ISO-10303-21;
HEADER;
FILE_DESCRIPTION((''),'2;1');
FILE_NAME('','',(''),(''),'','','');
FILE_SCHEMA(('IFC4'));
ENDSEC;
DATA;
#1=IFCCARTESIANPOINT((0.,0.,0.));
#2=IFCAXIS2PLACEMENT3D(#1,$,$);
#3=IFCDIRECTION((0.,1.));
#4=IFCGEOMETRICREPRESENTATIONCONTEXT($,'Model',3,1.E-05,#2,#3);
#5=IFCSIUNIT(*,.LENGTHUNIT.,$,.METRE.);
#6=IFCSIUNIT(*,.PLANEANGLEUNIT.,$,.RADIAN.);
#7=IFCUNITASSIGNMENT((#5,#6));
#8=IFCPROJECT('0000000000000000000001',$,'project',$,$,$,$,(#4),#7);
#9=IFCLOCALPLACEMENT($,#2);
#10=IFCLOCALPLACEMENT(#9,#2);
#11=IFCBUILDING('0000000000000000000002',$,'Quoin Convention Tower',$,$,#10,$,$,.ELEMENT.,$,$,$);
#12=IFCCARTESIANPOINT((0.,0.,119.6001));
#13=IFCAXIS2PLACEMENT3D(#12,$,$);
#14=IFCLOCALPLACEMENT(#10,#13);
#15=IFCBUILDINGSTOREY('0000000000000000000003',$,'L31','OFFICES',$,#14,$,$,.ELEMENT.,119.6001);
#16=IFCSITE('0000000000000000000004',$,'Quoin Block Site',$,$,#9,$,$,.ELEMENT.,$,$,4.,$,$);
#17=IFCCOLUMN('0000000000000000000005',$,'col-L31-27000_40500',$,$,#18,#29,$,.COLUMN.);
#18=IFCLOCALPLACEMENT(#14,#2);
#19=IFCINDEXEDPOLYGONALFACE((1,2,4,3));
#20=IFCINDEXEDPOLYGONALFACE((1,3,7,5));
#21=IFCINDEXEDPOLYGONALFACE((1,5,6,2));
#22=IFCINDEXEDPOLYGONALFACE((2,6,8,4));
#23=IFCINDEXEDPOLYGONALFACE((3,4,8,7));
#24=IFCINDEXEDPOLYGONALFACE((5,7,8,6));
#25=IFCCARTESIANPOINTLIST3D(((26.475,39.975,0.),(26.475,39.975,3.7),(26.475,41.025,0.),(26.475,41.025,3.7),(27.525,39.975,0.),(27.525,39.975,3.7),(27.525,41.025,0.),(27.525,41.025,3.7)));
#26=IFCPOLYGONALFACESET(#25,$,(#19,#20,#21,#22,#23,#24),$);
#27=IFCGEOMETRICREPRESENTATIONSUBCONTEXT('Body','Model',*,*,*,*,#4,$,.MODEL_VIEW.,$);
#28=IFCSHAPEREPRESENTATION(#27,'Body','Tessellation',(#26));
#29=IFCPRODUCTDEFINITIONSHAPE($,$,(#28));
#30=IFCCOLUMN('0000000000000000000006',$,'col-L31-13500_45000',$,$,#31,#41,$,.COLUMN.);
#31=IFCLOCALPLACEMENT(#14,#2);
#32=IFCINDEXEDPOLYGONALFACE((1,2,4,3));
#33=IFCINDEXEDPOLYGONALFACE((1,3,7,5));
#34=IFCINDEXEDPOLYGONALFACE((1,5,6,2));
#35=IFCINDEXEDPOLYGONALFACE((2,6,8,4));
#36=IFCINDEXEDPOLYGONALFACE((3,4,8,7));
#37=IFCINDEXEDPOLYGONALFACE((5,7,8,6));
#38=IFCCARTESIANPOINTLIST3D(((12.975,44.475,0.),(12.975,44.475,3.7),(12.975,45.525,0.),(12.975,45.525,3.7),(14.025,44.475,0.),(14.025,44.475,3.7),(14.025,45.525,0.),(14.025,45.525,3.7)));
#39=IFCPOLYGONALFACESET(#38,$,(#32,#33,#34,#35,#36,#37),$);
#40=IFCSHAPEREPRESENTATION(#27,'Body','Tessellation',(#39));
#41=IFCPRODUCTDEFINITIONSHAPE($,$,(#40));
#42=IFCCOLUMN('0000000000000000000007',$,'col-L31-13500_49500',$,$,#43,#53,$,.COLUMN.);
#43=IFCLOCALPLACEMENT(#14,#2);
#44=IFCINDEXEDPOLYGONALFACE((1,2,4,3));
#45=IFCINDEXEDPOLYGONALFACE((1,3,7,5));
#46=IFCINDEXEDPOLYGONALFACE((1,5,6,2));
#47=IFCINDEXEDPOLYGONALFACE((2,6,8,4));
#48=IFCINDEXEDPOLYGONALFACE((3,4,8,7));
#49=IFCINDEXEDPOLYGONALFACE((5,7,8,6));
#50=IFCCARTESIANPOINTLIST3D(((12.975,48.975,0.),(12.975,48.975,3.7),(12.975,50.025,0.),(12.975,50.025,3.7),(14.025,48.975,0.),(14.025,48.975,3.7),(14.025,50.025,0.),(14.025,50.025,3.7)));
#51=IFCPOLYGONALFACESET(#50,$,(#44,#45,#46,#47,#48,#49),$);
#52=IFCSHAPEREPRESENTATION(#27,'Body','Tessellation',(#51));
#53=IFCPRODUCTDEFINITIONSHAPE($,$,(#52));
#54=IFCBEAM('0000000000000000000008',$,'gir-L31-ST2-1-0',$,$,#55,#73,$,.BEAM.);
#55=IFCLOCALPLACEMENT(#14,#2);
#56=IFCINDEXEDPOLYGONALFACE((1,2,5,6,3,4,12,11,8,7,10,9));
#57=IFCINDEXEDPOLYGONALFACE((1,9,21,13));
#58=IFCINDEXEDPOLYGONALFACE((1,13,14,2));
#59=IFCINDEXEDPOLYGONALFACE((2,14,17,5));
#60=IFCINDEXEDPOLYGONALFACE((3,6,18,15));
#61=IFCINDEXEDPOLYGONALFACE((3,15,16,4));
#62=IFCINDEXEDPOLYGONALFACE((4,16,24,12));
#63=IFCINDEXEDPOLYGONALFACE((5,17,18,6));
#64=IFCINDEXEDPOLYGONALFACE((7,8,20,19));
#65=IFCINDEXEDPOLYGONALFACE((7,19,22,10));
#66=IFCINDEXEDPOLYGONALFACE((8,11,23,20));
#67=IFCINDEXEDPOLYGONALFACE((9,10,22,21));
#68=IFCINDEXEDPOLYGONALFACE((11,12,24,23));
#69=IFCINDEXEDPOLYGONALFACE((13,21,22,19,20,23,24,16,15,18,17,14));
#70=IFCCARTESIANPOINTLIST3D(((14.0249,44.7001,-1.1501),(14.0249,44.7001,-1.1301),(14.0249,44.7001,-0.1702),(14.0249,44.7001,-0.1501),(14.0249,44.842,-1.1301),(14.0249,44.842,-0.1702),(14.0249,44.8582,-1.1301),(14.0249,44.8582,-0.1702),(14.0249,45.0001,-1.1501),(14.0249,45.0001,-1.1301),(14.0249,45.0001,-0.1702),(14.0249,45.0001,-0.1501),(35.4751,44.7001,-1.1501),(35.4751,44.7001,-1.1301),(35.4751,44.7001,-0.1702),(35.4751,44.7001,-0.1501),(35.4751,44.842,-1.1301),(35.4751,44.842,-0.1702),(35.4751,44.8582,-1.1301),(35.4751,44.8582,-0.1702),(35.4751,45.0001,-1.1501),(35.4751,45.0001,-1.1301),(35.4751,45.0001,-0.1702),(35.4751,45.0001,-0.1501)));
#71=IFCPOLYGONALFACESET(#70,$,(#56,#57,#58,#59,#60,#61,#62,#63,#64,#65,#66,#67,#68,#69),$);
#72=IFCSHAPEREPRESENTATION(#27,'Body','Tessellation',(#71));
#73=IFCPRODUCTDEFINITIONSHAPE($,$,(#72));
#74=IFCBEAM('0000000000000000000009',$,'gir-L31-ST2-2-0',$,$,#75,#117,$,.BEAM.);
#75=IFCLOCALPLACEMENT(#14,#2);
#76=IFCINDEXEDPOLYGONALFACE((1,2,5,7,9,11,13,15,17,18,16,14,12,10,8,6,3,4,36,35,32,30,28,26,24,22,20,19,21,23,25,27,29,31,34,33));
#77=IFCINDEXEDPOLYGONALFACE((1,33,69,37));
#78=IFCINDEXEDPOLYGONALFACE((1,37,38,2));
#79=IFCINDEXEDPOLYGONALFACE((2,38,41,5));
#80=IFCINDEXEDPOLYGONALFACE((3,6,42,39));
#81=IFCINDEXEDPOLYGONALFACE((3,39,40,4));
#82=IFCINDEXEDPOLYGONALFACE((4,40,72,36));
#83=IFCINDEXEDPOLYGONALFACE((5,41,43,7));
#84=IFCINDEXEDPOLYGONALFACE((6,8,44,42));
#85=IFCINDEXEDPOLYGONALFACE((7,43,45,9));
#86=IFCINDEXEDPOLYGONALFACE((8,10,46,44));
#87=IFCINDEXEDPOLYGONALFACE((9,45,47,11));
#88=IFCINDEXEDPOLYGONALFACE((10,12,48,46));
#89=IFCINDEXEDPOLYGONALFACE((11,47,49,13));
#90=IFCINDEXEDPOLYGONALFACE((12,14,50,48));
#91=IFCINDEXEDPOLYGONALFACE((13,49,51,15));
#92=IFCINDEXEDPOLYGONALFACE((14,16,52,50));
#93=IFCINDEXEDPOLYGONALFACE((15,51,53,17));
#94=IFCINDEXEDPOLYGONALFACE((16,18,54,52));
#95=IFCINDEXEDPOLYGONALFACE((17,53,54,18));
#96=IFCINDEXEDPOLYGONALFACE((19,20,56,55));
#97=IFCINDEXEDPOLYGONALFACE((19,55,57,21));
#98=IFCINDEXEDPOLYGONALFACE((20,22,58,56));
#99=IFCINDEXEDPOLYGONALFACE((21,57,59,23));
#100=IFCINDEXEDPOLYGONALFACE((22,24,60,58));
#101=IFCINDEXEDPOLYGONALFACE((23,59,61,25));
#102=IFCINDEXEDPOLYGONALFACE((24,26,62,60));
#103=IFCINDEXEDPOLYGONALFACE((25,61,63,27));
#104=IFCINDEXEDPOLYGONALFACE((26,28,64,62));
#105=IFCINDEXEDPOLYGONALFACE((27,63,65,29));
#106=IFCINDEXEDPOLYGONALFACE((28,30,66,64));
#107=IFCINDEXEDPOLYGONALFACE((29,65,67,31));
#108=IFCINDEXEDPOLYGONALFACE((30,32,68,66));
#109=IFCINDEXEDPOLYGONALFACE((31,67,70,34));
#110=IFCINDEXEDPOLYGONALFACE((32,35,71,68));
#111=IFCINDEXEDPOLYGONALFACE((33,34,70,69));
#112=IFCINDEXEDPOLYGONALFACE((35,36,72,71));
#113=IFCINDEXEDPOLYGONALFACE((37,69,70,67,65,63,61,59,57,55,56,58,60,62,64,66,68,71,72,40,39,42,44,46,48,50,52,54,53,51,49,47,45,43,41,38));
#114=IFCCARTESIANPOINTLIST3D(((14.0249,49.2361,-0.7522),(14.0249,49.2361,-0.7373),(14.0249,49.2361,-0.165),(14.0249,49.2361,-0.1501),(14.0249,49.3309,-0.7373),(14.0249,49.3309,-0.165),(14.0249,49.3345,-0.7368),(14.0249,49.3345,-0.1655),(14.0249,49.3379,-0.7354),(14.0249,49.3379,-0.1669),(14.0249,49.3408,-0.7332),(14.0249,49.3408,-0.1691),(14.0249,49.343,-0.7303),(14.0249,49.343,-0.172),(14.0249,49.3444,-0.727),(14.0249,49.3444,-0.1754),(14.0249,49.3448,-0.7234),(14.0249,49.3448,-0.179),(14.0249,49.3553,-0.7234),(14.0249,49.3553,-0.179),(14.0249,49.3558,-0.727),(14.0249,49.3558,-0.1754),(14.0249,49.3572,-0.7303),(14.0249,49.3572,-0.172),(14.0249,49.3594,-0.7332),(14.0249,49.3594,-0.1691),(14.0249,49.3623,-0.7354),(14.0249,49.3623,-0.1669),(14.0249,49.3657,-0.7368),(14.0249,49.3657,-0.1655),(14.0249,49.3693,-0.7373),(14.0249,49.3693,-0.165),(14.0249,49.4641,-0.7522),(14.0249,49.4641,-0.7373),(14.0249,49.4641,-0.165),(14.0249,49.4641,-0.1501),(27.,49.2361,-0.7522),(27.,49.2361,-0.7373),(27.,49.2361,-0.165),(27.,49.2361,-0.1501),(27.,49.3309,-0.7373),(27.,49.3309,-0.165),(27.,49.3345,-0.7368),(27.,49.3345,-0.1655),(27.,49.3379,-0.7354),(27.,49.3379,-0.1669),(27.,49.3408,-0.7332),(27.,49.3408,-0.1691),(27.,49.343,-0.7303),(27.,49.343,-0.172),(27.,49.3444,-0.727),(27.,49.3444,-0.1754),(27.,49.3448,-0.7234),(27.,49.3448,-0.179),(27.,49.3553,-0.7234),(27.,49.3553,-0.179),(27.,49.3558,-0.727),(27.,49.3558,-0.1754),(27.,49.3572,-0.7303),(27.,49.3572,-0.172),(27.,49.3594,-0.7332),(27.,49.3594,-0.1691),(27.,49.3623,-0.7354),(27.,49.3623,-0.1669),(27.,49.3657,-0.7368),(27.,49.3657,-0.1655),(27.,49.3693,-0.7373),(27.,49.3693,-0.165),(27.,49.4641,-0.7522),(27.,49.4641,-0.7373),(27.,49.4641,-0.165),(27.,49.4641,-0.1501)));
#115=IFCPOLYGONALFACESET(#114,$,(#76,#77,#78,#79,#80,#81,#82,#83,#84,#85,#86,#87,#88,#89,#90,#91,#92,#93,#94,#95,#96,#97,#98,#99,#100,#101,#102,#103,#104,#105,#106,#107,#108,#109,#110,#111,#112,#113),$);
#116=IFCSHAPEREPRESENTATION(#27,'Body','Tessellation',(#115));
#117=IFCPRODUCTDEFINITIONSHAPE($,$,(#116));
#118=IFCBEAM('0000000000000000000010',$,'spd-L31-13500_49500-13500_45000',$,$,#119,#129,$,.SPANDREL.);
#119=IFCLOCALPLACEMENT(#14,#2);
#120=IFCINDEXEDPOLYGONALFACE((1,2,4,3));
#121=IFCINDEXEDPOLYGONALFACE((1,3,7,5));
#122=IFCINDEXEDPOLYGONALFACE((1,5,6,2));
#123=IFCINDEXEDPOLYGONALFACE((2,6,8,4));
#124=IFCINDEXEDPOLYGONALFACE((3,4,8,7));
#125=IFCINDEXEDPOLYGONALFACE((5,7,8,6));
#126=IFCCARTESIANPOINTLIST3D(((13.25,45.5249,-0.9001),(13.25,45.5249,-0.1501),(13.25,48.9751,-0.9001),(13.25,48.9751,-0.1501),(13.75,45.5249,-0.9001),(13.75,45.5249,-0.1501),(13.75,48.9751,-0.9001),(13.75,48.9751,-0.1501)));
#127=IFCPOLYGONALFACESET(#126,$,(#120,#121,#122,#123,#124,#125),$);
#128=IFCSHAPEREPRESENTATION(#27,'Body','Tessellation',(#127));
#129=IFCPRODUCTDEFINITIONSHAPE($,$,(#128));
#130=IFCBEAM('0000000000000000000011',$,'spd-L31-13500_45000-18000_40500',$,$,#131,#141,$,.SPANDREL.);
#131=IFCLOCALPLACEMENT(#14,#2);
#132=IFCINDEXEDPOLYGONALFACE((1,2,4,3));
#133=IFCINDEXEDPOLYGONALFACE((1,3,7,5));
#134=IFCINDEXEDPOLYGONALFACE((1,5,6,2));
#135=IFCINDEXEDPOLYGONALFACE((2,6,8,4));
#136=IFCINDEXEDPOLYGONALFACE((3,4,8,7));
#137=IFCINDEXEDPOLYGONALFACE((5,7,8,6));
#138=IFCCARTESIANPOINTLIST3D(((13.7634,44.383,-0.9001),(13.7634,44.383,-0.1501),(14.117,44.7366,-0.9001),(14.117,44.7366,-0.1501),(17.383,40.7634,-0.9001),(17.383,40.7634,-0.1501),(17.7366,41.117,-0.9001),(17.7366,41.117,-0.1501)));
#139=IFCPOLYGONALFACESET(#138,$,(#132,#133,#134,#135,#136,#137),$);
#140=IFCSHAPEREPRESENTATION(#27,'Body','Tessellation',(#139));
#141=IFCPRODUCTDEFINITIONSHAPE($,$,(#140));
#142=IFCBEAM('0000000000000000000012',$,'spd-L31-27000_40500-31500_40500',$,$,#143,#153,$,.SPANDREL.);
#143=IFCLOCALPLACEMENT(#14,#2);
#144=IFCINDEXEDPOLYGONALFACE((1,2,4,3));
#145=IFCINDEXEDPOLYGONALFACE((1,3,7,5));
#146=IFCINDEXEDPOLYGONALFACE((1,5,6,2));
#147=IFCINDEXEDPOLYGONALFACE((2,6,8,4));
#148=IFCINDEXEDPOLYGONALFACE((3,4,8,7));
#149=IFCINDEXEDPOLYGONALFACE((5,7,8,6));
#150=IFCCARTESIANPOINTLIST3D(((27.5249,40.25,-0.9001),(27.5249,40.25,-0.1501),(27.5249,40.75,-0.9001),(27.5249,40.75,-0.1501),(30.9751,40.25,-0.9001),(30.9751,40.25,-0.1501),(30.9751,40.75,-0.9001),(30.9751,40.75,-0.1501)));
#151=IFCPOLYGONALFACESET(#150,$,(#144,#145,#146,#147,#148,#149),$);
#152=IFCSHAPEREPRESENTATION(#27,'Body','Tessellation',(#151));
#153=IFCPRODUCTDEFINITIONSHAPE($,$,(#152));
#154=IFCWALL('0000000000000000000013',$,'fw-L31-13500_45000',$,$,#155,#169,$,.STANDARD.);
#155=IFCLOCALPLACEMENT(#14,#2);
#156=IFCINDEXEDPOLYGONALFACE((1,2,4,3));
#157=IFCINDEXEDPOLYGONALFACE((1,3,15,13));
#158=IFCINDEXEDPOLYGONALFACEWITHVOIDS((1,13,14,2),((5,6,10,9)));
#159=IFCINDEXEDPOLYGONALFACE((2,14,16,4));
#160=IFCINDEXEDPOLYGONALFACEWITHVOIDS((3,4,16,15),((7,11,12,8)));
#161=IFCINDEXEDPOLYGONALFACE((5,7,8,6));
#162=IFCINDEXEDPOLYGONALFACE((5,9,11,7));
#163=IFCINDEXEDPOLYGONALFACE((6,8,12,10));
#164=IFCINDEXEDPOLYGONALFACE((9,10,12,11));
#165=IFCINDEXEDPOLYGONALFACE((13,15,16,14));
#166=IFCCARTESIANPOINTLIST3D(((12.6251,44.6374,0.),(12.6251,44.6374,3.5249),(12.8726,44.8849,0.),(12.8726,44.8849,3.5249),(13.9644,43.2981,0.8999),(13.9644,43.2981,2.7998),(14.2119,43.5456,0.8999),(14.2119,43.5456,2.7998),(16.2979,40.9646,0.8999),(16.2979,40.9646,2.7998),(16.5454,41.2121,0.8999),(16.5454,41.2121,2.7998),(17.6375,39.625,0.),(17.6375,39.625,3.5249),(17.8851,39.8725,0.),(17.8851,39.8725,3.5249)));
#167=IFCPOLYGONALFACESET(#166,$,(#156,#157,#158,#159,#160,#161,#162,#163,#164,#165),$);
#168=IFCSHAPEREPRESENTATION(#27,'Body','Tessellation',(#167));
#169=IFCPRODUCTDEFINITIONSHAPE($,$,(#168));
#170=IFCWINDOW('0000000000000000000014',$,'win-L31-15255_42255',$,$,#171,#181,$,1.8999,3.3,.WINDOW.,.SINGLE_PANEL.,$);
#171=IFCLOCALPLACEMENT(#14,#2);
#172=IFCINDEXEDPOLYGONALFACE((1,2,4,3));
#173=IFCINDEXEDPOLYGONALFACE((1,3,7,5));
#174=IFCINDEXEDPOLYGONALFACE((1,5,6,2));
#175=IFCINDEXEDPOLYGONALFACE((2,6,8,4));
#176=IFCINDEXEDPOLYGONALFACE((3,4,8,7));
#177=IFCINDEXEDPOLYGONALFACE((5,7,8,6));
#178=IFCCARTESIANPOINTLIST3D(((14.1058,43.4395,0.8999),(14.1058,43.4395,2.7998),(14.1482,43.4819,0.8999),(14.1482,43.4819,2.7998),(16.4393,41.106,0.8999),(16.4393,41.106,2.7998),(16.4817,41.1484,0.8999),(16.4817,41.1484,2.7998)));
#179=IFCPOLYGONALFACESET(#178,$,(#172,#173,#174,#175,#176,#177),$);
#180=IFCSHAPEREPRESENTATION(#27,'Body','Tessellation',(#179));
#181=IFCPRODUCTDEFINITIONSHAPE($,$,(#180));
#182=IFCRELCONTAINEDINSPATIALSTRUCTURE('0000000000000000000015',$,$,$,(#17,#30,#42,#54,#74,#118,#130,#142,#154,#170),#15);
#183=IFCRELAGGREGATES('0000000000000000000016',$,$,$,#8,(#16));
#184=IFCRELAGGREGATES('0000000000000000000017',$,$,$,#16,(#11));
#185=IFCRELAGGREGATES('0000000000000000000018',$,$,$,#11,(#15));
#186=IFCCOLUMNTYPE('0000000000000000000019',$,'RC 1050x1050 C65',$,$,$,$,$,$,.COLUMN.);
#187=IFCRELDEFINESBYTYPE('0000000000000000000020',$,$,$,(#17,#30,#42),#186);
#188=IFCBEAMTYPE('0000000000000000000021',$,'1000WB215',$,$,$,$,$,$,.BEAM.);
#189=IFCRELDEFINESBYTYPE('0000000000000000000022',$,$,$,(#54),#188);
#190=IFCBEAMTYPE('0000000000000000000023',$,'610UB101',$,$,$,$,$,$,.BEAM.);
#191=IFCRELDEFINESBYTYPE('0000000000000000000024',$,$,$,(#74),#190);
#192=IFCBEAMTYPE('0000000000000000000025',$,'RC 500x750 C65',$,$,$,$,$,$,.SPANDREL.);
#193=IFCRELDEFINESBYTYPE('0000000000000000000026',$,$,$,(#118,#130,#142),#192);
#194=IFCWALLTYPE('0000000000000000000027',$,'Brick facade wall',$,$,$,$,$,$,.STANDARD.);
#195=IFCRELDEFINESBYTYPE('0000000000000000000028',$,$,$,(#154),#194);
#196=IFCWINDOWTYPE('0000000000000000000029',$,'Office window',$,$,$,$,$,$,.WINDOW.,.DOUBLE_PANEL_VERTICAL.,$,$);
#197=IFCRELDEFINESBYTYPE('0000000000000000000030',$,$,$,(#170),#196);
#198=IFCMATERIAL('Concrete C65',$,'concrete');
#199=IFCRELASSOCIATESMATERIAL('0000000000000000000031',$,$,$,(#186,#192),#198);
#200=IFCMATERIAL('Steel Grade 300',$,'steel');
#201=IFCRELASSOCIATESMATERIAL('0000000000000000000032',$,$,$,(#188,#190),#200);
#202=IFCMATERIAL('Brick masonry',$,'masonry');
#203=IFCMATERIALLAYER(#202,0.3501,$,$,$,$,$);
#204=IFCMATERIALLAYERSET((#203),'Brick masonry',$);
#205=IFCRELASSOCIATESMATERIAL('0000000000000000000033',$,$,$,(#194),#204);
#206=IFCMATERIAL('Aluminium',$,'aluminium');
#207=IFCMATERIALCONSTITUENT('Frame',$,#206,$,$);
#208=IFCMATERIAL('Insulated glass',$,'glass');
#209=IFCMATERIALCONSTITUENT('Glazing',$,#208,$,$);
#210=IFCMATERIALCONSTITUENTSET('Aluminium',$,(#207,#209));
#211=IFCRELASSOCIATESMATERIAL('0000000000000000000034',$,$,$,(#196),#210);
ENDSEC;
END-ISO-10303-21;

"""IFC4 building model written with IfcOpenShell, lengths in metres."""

from ifc_helpers import new_model, si_unit, direction, frame, frame_2d, origin, origin_2d, place, context, subcontext, project, spatial, rectangle, i_section, extrude, material, layer, layer_set, constituent, constituent_set, material_profile, profile_set, type_object, element, fill, save


model = new_model("IFC4")

# Units and contexts
model_context = context("Model", 3, precision=1e-05, world=origin(), true_north=direction((0.0, 1.0)))
body_context = subcontext(model_context, "Body", "Model", "MODEL_VIEW")
ifc_project = project(units=[si_unit("LENGTHUNIT", "METRE"), si_unit("PLANEANGLEUNIT", "RADIAN")], contexts=[model_context])

# Site, building, storey
site_placement = place(None, origin())
site = spatial("IfcSite", under=ifc_project, at=site_placement, Name="Quoin Block Site", CompositionType="ELEMENT", RefElevation=4.0)
building_placement = place(site_placement, origin())
building = spatial("IfcBuilding", under=site, at=building_placement, Name="Quoin Convention Tower", CompositionType="ELEMENT")
storey_placement = place(building_placement, frame((0.0, 0.0, 119.6001)))
storey = spatial("IfcBuildingStorey", under=building, at=storey_placement, Name="L31", Description="OFFICES", CompositionType="ELEMENT", Elevation=119.6001)

# Columns
ifc_material_1 = material(Name="Concrete C65", Category="concrete")
ifc_material_profile_1 = material_profile(ifc_material_1, rectangle(XDim=1.05, YDim=1.05, at=origin_2d()), Name="RC 1050x1050")
ifc_profile_set_1 = profile_set([ifc_material_profile_1], Name="Concrete C65")
column_type = type_object("IfcColumnType", Name="RC 1050x1050 C65", PredefinedType="COLUMN", material=ifc_profile_set_1)
for number, where, z_axis, x_axis, name in (
    (1, (27.0, 40.5, 0.0), (0.0, 0.0, 1.0), (1.0, 0.0, 0.0), "col-L31-27000_40500"),
    (2, (13.5, 45.0, 0.0), (0.0, 0.0, 1.0), (1.0, 0.0, 0.0), "col-L31-13500_45000"),
    (3, (13.5, 49.5, 0.0), (0.0, 0.0, 1.0), (1.0, 0.0, 0.0), "col-L31-13500_49500"),
):
    element("IfcColumn", number, at=place(storey_placement, frame(where, z_axis=z_axis, x_axis=x_axis)), inside=storey, type_object=column_type, Name=name, PredefinedType="COLUMN", context=body_context, shape_type="SweptSolid", body=[
        extrude(rectangle(XDim=1.05, YDim=1.05, at=origin_2d()), origin(), (0.0, 0.0, 1.0), 3.7),
    ])

# Beams
ifc_material_2 = material(Name="Steel Grade 300", Category="steel")
ifc_material_profile_2 = material_profile(ifc_material_2, i_section(OverallWidth=0.3, OverallDepth=1.0, WebThickness=0.0161, FlangeThickness=0.02, at=origin_2d()), Name="1000WB215")
ifc_profile_set_2 = profile_set([ifc_material_profile_2], Name="Steel Grade 300")
beam_type_1 = type_object("IfcBeamType", Name="1000WB215", PredefinedType="BEAM", material=ifc_profile_set_2)
beam_1_placement = place(storey_placement, frame((14.0249, 44.8501, -0.6501), z_axis=(1.0, 0.0, 0.0), x_axis=(0.0, 1.0, 0.0)))
element("IfcBeam", 4, at=beam_1_placement, inside=storey, type_object=beam_type_1, Name="gir-L31-ST2-1-0", PredefinedType="BEAM", context=body_context, shape_type="SweptSolid", body=[
    extrude(i_section(OverallWidth=0.3, OverallDepth=1.0, WebThickness=0.0161, FlangeThickness=0.02, at=origin_2d()), origin(), (0.0, 0.0, 1.0), 21.4502),
])
ifc_material_profile_3 = material_profile(ifc_material_2, i_section(OverallWidth=0.228, OverallDepth=0.6021, WebThickness=0.0105, FlangeThickness=0.0149, FilletRadius=0.0139, at=origin_2d()), Name="610UB101")
ifc_profile_set_3 = profile_set([ifc_material_profile_3], Name="Steel Grade 300")
beam_type_2 = type_object("IfcBeamType", Name="610UB101", PredefinedType="BEAM", material=ifc_profile_set_3)
beam_2_placement = place(storey_placement, frame((14.0249, 49.3501, -0.4512), z_axis=(1.0, 0.0, 0.0), x_axis=(0.0, 1.0, 0.0)))
element("IfcBeam", 5, at=beam_2_placement, inside=storey, type_object=beam_type_2, Name="gir-L31-ST2-2-0", PredefinedType="BEAM", context=body_context, shape_type="SweptSolid", body=[
    extrude(i_section(OverallWidth=0.228, OverallDepth=0.6021, WebThickness=0.0105, FlangeThickness=0.0149, FilletRadius=0.0139, at=origin_2d()), origin(), (0.0, 0.0, 1.0), 12.9751),
])
ifc_material_profile_4 = material_profile(ifc_material_1, rectangle(XDim=0.5, YDim=0.75, at=origin_2d()), Name="RC 500x750")
ifc_profile_set_4 = profile_set([ifc_material_profile_4], Name="Concrete C65")
beam_type_3 = type_object("IfcBeamType", Name="RC 500x750 C65", PredefinedType="SPANDREL", material=ifc_profile_set_4)
beam_3_placement = place(storey_placement, frame((13.5, 48.9751, -0.5251), z_axis=(0.0, -1.0, 0.0), x_axis=(1.0, 0.0, 0.0)))
element("IfcBeam", 6, at=beam_3_placement, inside=storey, type_object=beam_type_3, Name="spd-L31-13500_49500-13500_45000", PredefinedType="SPANDREL", context=body_context, shape_type="SweptSolid", body=[
    extrude(rectangle(XDim=0.5, YDim=0.75, at=origin_2d()), origin(), (0.0, 0.0, 1.0), 3.4502),
])
beam_4_placement = place(storey_placement, frame((13.9402, 44.5598, -0.5251), z_axis=(0.707107, -0.707107, 0.0), x_axis=(0.707107, 0.707107, 0.0)))
element("IfcBeam", 7, at=beam_4_placement, inside=storey, type_object=beam_type_3, Name="spd-L31-13500_45000-18000_40500", PredefinedType="SPANDREL", context=body_context, shape_type="SweptSolid", body=[
    extrude(rectangle(XDim=0.5, YDim=0.75, at=origin_2d()), origin(), (0.0, 0.0, 1.0), 5.1189),
])
beam_5_placement = place(storey_placement, frame((27.5249, 40.5, -0.5251), z_axis=(1.0, 0.0, 0.0), x_axis=(0.0, 1.0, 0.0)))
element("IfcBeam", 8, at=beam_5_placement, inside=storey, type_object=beam_type_3, Name="spd-L31-27000_40500-31500_40500", PredefinedType="SPANDREL", context=body_context, shape_type="SweptSolid", body=[
    extrude(rectangle(XDim=0.5, YDim=0.75, at=origin_2d()), origin(), (0.0, 0.0, 1.0), 3.4502),
])

# Wall, opening, window
ifc_material_3 = material(Name="Brick masonry", Category="masonry")
ifc_layer_1 = layer(ifc_material_3, 0.3501)
ifc_layer_set_1 = layer_set([ifc_layer_1], Name="Brick masonry")
wall_type_1 = type_object("IfcWallType", Name="Brick facade wall", PredefinedType="STANDARD", material=ifc_layer_set_1)
wall_1_placement = place(storey_placement, frame((12.7488, 44.7612, 0.0), z_axis=(0.0, 0.0, 1.0), x_axis=(0.707107, -0.707107, 0.0)))
wall_1 = element("IfcWall", 9, at=wall_1_placement, inside=storey, type_object=wall_type_1, Name="fw-L31-13500_45000", PredefinedType="STANDARD", context=body_context, shape_type="SweptSolid", body=[
    extrude(rectangle(XDim=7.0886, YDim=0.3501, at=frame_2d((3.5444, 0.0))), origin(), (0.0, 0.0, 1.0), 3.5249),
])
opening_1_placement = place(wall_1_placement, frame((1.8943, 0.0, 0.8999)))
opening_1 = element("IfcOpeningElement", 10, at=opening_1_placement, cuts=wall_1, PredefinedType="OPENING", context=body_context, shape_type="SweptSolid", body=[
    extrude(rectangle(XDim=3.3, YDim=1.8999, at=frame_2d((1.6499, 0.95))), frame((0.0, 0.1851, 0.0), z_axis=(0.0, -1.0, 0.0), x_axis=(1.0, 0.0, 0.0)), (0.0, 0.0, 1.0), 0.3701),
])
ifc_material_4 = material(Name="Aluminium", Category="aluminium")
ifc_constituent_1 = constituent(ifc_material_4, Name="Frame")
ifc_material_5 = material(Name="Insulated glass", Category="glass")
ifc_constituent_2 = constituent(ifc_material_5, Name="Glazing")
ifc_constituent_set = constituent_set(constituents=[ifc_constituent_1, ifc_constituent_2], Name="Aluminium")
window_type = type_object("IfcWindowType", Name="Office window", PartitioningType="DOUBLE_PANEL_VERTICAL", PredefinedType="WINDOW", material=ifc_constituent_set)
window_placement = place(opening_1_placement, origin())
window = element("IfcWindow", 11, at=window_placement, inside=storey, type_object=window_type, Name="win-L31-15255_42255", OverallHeight=1.8999, OverallWidth=3.3, PartitioningType="SINGLE_PANEL", PredefinedType="WINDOW", context=body_context, shape_type="SweptSolid", body=[
    extrude(rectangle(XDim=3.3, YDim=1.8999, at=frame_2d((1.6499, 0.95))), frame((0.0, 0.085, 0.0), z_axis=(0.0, -1.0, 0.0), x_axis=(1.0, 0.0, 0.0)), (0.0, 0.0, 1.0), 0.0601),
])
fill(opening_1, window)

save(model, "model.ifc")
